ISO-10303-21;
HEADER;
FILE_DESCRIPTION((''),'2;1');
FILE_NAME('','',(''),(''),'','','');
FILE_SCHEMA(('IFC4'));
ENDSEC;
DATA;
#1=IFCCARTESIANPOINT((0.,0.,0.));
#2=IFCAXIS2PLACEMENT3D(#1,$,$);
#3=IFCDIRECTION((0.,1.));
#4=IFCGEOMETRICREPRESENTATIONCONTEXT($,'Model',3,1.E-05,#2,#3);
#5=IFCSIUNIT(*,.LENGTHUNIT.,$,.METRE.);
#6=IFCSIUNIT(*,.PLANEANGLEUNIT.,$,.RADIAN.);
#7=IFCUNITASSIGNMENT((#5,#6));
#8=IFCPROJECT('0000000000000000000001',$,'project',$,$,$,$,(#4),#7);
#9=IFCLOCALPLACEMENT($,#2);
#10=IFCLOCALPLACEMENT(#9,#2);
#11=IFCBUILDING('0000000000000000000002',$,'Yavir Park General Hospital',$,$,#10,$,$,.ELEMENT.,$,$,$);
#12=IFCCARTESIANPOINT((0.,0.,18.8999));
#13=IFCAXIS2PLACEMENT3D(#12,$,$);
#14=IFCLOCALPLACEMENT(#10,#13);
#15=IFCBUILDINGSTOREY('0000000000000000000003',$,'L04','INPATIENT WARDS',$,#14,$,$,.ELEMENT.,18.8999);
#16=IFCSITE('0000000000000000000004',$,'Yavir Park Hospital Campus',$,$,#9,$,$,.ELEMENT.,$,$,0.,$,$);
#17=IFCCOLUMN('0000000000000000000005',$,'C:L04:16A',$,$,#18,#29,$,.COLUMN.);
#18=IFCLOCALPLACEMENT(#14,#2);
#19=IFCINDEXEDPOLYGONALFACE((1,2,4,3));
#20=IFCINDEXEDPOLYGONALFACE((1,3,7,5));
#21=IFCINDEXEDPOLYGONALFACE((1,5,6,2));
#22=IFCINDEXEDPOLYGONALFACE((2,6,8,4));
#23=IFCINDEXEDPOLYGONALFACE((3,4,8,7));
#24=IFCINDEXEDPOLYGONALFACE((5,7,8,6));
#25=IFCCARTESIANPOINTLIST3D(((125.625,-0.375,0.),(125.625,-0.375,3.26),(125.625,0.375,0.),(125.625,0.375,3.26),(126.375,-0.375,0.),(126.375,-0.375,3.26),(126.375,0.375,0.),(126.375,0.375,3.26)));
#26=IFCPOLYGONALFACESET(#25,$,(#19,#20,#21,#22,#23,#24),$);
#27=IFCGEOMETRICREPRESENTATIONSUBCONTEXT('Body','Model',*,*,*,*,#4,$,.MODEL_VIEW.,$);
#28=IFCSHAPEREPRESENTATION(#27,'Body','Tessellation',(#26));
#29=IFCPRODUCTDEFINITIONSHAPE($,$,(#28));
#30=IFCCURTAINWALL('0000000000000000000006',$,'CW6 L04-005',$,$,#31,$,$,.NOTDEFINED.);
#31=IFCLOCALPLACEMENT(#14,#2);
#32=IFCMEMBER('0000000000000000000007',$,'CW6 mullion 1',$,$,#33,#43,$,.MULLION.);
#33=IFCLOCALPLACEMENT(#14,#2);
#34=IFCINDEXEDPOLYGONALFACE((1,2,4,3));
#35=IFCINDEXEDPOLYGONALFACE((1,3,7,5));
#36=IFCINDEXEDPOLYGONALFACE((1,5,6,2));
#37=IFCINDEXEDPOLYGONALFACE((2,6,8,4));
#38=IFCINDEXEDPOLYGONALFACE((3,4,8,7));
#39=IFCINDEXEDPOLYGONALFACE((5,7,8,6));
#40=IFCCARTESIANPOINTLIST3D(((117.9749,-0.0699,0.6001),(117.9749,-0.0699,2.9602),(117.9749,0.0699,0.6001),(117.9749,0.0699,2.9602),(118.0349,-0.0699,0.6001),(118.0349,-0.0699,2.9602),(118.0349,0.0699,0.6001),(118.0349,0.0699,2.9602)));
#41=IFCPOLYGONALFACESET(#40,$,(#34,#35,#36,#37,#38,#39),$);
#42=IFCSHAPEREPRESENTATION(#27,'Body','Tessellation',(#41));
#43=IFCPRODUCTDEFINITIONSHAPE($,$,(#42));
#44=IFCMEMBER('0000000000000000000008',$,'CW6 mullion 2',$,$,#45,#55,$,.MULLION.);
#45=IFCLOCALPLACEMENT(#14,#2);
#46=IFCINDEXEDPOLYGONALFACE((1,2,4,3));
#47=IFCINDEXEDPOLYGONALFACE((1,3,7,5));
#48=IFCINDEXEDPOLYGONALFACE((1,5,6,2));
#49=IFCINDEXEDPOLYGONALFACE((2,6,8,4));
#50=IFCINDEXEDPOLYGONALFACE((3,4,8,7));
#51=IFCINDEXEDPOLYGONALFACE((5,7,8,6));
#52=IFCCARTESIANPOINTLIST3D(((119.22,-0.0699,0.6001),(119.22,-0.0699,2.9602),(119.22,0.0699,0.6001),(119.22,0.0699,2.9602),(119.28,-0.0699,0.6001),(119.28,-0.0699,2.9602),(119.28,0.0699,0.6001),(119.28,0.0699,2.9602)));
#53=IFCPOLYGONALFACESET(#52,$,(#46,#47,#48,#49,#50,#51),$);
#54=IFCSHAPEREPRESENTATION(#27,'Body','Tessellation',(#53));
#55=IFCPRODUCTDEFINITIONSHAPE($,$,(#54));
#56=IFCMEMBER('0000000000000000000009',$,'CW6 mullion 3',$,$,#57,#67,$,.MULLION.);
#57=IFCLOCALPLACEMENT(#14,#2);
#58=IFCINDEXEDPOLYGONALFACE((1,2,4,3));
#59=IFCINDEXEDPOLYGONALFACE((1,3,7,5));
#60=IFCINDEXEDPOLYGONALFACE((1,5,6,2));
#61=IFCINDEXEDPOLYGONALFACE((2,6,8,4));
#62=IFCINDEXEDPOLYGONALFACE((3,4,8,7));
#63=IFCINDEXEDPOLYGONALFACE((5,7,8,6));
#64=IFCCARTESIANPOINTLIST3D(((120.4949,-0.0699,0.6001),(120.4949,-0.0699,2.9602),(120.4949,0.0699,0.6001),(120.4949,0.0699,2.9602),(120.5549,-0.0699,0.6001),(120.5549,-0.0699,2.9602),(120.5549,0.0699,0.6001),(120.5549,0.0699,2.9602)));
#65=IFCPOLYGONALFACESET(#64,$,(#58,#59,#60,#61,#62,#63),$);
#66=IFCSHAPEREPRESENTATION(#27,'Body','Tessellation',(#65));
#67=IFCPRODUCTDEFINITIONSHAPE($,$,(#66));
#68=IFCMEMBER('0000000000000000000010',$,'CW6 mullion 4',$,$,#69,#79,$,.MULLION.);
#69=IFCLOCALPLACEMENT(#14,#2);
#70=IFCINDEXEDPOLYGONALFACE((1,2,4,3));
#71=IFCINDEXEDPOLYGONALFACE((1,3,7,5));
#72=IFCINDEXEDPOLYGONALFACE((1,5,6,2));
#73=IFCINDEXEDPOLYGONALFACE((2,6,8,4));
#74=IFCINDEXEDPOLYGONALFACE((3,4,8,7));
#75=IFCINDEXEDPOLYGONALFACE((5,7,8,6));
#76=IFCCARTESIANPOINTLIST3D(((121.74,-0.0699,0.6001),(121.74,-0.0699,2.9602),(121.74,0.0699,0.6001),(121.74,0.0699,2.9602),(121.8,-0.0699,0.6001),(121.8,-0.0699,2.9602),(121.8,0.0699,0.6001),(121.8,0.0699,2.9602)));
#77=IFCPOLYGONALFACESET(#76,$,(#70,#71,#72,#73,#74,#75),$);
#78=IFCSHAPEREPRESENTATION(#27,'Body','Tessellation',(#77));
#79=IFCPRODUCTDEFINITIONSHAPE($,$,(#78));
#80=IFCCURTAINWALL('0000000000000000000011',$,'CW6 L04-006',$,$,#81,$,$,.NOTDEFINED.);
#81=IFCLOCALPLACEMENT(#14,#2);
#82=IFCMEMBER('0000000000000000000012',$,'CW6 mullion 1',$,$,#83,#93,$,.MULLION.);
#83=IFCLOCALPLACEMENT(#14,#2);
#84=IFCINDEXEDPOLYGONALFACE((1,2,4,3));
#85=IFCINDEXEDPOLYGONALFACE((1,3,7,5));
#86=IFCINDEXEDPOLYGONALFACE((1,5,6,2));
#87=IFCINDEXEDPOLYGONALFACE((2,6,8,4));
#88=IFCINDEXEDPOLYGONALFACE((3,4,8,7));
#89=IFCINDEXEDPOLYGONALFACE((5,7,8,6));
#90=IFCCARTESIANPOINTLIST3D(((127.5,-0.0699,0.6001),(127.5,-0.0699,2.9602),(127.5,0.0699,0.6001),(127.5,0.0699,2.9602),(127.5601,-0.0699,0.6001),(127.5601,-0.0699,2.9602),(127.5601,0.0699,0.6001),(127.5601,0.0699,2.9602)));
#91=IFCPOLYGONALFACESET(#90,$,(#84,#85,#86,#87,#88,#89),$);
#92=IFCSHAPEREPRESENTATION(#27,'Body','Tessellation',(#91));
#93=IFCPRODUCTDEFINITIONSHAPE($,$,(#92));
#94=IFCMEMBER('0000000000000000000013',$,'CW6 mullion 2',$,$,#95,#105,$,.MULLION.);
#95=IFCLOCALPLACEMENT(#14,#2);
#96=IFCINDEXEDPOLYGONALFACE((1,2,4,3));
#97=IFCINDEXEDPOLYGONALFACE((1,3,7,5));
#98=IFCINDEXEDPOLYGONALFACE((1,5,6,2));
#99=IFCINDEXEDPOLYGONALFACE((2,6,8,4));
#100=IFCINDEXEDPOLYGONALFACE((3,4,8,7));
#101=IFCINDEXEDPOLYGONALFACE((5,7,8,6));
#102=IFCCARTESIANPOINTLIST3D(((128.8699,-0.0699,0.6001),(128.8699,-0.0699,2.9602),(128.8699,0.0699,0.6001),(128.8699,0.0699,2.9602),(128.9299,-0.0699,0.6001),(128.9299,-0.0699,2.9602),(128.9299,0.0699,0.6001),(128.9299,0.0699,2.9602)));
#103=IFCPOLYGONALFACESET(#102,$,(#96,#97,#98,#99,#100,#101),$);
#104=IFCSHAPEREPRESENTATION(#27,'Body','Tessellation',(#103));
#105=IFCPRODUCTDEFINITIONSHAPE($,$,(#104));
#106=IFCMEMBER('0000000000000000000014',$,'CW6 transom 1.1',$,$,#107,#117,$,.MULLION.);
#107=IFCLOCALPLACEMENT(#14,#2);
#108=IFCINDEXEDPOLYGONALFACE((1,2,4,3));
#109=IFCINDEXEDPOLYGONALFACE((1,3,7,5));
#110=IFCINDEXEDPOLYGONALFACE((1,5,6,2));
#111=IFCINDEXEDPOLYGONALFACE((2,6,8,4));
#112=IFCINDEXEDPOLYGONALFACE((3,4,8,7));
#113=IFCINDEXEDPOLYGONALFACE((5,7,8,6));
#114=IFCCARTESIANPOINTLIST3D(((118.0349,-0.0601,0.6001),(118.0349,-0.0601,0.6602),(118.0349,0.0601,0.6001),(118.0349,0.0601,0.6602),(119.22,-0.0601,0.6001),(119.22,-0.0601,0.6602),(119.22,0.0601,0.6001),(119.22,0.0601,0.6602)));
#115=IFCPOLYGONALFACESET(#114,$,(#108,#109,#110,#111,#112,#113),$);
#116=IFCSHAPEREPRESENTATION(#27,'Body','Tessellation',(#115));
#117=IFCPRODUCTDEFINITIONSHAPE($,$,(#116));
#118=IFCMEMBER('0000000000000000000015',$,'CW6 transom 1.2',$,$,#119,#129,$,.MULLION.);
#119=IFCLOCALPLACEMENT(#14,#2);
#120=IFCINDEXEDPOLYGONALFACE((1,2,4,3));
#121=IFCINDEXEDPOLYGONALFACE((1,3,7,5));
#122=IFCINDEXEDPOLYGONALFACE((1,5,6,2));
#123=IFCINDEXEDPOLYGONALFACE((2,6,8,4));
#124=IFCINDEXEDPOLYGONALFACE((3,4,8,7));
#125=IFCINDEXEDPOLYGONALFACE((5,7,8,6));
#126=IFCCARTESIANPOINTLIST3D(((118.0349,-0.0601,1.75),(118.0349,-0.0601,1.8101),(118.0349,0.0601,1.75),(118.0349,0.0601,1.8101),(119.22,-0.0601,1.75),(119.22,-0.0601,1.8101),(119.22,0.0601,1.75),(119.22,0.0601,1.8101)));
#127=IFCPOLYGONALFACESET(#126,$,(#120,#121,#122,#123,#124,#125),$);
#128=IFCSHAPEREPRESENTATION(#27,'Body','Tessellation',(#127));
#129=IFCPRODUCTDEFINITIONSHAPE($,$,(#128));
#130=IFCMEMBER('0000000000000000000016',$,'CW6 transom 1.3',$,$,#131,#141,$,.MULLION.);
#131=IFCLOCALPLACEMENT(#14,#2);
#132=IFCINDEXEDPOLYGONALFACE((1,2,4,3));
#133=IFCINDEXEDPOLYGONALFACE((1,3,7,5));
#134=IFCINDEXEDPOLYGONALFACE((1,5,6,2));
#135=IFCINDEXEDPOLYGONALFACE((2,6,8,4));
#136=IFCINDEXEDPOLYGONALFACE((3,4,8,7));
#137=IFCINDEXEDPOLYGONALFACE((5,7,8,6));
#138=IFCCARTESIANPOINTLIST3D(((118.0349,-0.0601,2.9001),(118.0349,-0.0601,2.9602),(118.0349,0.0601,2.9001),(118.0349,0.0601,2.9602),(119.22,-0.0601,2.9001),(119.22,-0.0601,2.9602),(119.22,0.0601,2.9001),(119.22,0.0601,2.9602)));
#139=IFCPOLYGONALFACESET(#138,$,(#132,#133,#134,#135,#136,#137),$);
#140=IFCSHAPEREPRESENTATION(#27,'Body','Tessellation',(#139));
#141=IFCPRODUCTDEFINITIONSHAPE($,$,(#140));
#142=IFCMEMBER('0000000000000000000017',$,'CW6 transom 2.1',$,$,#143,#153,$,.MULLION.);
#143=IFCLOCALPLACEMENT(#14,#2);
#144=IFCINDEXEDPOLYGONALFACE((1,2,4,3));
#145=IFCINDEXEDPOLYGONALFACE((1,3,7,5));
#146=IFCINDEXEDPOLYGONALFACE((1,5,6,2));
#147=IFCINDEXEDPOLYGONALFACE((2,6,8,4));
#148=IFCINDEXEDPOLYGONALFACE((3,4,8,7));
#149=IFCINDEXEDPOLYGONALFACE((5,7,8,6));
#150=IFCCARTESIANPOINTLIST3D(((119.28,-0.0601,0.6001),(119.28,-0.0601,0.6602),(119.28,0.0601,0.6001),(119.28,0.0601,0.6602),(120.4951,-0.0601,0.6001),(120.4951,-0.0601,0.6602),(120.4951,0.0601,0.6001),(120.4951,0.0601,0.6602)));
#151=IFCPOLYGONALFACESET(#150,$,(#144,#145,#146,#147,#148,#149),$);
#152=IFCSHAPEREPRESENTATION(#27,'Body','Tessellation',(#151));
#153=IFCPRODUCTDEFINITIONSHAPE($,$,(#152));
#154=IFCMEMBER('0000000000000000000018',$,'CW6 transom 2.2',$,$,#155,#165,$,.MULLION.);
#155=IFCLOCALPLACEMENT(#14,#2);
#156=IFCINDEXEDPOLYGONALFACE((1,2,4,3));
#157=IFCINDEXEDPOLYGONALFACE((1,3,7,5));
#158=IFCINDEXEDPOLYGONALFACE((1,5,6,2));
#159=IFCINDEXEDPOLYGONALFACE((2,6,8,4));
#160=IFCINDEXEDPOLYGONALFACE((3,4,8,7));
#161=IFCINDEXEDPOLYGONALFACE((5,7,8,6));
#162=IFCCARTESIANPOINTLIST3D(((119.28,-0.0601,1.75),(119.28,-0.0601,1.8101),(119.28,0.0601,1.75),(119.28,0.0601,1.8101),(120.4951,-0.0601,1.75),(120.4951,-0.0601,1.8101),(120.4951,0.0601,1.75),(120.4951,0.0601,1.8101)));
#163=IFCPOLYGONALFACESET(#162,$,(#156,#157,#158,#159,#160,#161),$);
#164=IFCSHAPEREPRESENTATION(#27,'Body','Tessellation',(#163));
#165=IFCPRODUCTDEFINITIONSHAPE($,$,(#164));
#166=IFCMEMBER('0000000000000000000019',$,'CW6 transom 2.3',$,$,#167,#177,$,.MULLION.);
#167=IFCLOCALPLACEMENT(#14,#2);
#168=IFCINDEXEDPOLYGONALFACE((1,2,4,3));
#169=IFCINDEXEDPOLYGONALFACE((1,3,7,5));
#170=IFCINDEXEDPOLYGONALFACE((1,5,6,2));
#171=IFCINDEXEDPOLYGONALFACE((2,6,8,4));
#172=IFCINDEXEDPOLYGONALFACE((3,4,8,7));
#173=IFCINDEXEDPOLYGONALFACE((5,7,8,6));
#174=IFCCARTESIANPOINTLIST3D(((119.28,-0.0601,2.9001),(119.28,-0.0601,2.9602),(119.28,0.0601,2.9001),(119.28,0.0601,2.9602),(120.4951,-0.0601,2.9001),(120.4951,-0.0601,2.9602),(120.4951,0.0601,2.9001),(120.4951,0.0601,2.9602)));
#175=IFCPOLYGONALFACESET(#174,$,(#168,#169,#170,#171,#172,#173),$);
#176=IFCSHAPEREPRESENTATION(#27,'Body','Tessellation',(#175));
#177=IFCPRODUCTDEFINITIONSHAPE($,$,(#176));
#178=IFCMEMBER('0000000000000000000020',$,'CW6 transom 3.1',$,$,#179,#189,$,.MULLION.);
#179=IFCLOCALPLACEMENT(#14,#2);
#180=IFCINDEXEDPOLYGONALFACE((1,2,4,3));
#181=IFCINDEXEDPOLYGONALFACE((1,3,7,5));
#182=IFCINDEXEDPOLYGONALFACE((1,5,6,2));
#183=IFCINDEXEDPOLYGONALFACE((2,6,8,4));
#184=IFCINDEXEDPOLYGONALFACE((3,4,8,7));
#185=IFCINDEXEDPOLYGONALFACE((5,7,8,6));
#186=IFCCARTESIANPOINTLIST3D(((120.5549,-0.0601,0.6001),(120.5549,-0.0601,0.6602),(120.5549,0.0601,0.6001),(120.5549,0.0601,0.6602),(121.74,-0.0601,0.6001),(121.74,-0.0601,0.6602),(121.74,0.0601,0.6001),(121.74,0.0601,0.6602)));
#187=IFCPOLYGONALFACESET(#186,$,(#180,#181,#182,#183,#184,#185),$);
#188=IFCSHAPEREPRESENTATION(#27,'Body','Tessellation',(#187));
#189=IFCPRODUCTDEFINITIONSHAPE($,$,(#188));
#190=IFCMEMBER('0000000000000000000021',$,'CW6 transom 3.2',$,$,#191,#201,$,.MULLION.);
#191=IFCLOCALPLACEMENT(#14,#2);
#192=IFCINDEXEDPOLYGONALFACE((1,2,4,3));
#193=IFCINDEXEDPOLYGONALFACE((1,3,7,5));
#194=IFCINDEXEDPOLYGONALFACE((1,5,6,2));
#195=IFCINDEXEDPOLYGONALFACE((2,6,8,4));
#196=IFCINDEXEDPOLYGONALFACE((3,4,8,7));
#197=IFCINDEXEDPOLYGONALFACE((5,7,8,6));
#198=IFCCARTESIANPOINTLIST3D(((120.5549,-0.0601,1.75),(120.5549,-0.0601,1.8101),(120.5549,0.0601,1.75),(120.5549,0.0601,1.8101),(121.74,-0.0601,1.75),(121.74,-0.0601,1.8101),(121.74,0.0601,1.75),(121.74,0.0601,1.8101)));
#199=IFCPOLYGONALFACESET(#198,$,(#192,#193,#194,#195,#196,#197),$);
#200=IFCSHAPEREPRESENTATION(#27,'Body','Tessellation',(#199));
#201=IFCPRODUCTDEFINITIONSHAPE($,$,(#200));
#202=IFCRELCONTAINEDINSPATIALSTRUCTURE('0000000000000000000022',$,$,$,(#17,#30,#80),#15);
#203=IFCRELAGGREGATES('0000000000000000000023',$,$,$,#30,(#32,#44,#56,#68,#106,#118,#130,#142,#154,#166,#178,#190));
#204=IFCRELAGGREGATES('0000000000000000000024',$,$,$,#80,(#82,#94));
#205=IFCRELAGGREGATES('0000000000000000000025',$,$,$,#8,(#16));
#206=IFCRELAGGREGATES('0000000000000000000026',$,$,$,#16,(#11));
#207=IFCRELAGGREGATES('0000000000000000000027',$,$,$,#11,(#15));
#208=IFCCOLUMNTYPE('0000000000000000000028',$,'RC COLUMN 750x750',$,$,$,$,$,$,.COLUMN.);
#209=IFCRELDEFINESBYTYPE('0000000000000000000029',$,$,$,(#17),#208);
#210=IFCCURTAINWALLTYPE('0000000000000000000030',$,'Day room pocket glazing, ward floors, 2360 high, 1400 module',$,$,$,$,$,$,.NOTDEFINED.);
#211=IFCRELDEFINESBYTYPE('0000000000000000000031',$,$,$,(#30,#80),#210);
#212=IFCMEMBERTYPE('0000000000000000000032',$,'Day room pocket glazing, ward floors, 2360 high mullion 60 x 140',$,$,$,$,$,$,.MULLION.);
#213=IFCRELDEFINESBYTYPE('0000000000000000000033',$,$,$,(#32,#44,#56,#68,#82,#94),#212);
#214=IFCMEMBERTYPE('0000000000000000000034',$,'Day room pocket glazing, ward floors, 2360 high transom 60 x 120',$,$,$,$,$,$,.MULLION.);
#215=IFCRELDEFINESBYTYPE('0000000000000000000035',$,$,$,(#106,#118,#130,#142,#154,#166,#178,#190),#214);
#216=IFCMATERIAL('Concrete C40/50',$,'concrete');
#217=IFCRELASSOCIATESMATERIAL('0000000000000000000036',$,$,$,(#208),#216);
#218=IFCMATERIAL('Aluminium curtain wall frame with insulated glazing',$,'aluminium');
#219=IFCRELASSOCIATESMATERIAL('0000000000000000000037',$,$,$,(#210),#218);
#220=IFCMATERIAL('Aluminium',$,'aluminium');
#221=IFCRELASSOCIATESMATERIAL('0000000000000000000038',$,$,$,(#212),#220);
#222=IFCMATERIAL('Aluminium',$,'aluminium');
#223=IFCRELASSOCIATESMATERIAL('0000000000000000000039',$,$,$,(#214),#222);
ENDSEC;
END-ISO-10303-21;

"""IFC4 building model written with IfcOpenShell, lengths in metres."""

from ifc_helpers import new_model, si_unit, direction, frame, origin, origin_2d, place, context, subcontext, project, spatial, rectangle, extrude, material, material_profile, profile_set, type_object, element, aggregate, save


model = new_model("IFC4")

# Units and contexts
model_context = context("Model", 3, precision=1e-05, world=origin(), true_north=direction((0.0, 1.0)))
body_context = subcontext(model_context, "Body", "Model", "MODEL_VIEW")
ifc_project = project(units=[si_unit("LENGTHUNIT", "METRE"), si_unit("PLANEANGLEUNIT", "RADIAN")], contexts=[model_context])

# Site, building, storey
site_placement = place(None, origin())
site = spatial("IfcSite", under=ifc_project, at=site_placement, Name="Yavir Park Hospital Campus", CompositionType="ELEMENT", RefElevation=0.0)
building_placement = place(site_placement, origin())
building = spatial("IfcBuilding", under=site, at=building_placement, Name="Yavir Park General Hospital", CompositionType="ELEMENT")
storey_placement = place(building_placement, frame((0.0, 0.0, 18.8999)))
storey = spatial("IfcBuildingStorey", under=building, at=storey_placement, Name="L04", Description="INPATIENT WARDS", CompositionType="ELEMENT", Elevation=18.8999)

# Column
ifc_material_1 = material(Name="Concrete C40/50", Category="concrete")
ifc_material_profile_1 = material_profile(ifc_material_1, rectangle(XDim=0.75, YDim=0.75, at=origin_2d()), Name="RC750x750")
ifc_profile_set_1 = profile_set([ifc_material_profile_1], Name="Concrete C40/50")
column_type = type_object("IfcColumnType", Name="RC COLUMN 750x750", PredefinedType="COLUMN", material=ifc_profile_set_1)
column_placement = place(storey_placement, frame((126.0, 0.0, 0.0), z_axis=(0.0, 0.0, 1.0), x_axis=(1.0, 0.0, 0.0)))
element("IfcColumn", 1, at=column_placement, inside=storey, type_object=column_type, Name="C:L04:16A", PredefinedType="COLUMN", context=body_context, shape_type="SweptSolid", body=[
    extrude(rectangle(XDim=0.75, YDim=0.75, at=origin_2d()), origin(), (0.0, 0.0, 1.0), 3.26),
])

# Curtain walls, members
ifc_material_2 = material(Name="Aluminium curtain wall frame with insulated glazing", Category="aluminium")
curtain_wall_type = type_object("IfcCurtainWallType", Name="Day room pocket glazing, ward floors, 2360 high, 1400 module", PredefinedType="NOTDEFINED", material=ifc_material_2)
curtain_wall_1_placement = place(storey_placement, origin())
curtain_wall_1 = element("IfcCurtainWall", 2, at=curtain_wall_1_placement, inside=storey, type_object=curtain_wall_type, Name="CW6 L04-005", PredefinedType="NOTDEFINED")
ifc_material_3 = material(Name="Aluminium", Category="aluminium")
ifc_material_profile_2 = material_profile(ifc_material_3, rectangle(XDim=0.1399, YDim=0.0601, at=origin_2d()), Name="AL 60x140")
ifc_profile_set_2 = profile_set([ifc_material_profile_2], Name="Aluminium")
member_type_1 = type_object("IfcMemberType", Name="Day room pocket glazing, ward floors, 2360 high mullion 60 x 140", PredefinedType="MULLION", material=ifc_profile_set_2)
member_1_placement = place(storey_placement, frame((118.0049, 0.0, 0.6001), z_axis=(0.0, 0.0, 1.0), x_axis=(0.0, 1.0, 0.0)))
member_1 = element("IfcMember", 3, at=member_1_placement, type_object=member_type_1, Name="CW6 mullion 1", PredefinedType="MULLION", context=body_context, shape_type="SweptSolid", body=[
    extrude(rectangle(XDim=0.1399, YDim=0.0601, at=origin_2d()), origin(), (0.0, 0.0, 1.0), 2.3601),
])
member_2_placement = place(storey_placement, frame((119.25, 0.0, 0.6001), z_axis=(0.0, 0.0, 1.0), x_axis=(0.0, 1.0, 0.0)))
member_2 = element("IfcMember", 4, at=member_2_placement, type_object=member_type_1, Name="CW6 mullion 2", PredefinedType="MULLION", context=body_context, shape_type="SweptSolid", body=[
    extrude(rectangle(XDim=0.1399, YDim=0.0601, at=origin_2d()), origin(), (0.0, 0.0, 1.0), 2.3601),
])
member_3_placement = place(storey_placement, frame((120.5249, 0.0, 0.6001), z_axis=(0.0, 0.0, 1.0), x_axis=(0.0, 1.0, 0.0)))
member_3 = element("IfcMember", 5, at=member_3_placement, type_object=member_type_1, Name="CW6 mullion 3", PredefinedType="MULLION", context=body_context, shape_type="SweptSolid", body=[
    extrude(rectangle(XDim=0.1399, YDim=0.0601, at=origin_2d()), origin(), (0.0, 0.0, 1.0), 2.3601),
])
member_4_placement = place(storey_placement, frame((121.77, 0.0, 0.6001), z_axis=(0.0, 0.0, 1.0), x_axis=(0.0, 1.0, 0.0)))
member_4 = element("IfcMember", 6, at=member_4_placement, type_object=member_type_1, Name="CW6 mullion 4", PredefinedType="MULLION", context=body_context, shape_type="SweptSolid", body=[
    extrude(rectangle(XDim=0.1399, YDim=0.0601, at=origin_2d()), origin(), (0.0, 0.0, 1.0), 2.3601),
])
curtain_wall_2_placement = place(storey_placement, origin())
curtain_wall_2 = element("IfcCurtainWall", 7, at=curtain_wall_2_placement, inside=storey, type_object=curtain_wall_type, Name="CW6 L04-006", PredefinedType="NOTDEFINED")
member_5_placement = place(storey_placement, frame((127.53, 0.0, 0.6001), z_axis=(0.0, 0.0, 1.0), x_axis=(0.0, 1.0, 0.0)))
member_5 = element("IfcMember", 8, at=member_5_placement, type_object=member_type_1, Name="CW6 mullion 1", PredefinedType="MULLION", context=body_context, shape_type="SweptSolid", body=[
    extrude(rectangle(XDim=0.1399, YDim=0.0601, at=origin_2d()), origin(), (0.0, 0.0, 1.0), 2.3601),
])
member_6_placement = place(storey_placement, frame((128.8999, 0.0, 0.6001), z_axis=(0.0, 0.0, 1.0), x_axis=(0.0, 1.0, 0.0)))
member_6 = element("IfcMember", 9, at=member_6_placement, type_object=member_type_1, Name="CW6 mullion 2", PredefinedType="MULLION", context=body_context, shape_type="SweptSolid", body=[
    extrude(rectangle(XDim=0.1399, YDim=0.0601, at=origin_2d()), origin(), (0.0, 0.0, 1.0), 2.3601),
])

# Members
ifc_material_4 = material(Name="Aluminium", Category="aluminium")
ifc_material_profile_3 = material_profile(ifc_material_4, rectangle(XDim=0.1201, YDim=0.0601, at=origin_2d()), Name="AL 120x60")
ifc_profile_set_3 = profile_set([ifc_material_profile_3], Name="Aluminium")
member_type_2 = type_object("IfcMemberType", Name="Day room pocket glazing, ward floors, 2360 high transom 60 x 120", PredefinedType="MULLION", material=ifc_profile_set_3)
member_7_placement = place(storey_placement, frame((118.0349, 0.0, 0.6301), z_axis=(1.0, 0.0, 0.0), x_axis=(0.0, 1.0, 0.0)))
member_7 = element("IfcMember", 10, at=member_7_placement, type_object=member_type_2, Name="CW6 transom 1.1", PredefinedType="MULLION", context=body_context, shape_type="SweptSolid", body=[
    extrude(rectangle(XDim=0.1201, YDim=0.0601, at=origin_2d()), origin(), (0.0, 0.0, 1.0), 1.1851),
])
member_8_placement = place(storey_placement, frame((118.0349, 0.0, 1.78), z_axis=(1.0, 0.0, 0.0), x_axis=(0.0, 1.0, 0.0)))
member_8 = element("IfcMember", 11, at=member_8_placement, type_object=member_type_2, Name="CW6 transom 1.2", PredefinedType="MULLION", context=body_context, shape_type="SweptSolid", body=[
    extrude(rectangle(XDim=0.1201, YDim=0.0601, at=origin_2d()), origin(), (0.0, 0.0, 1.0), 1.1851),
])
member_9_placement = place(storey_placement, frame((118.0349, 0.0, 2.9302), z_axis=(1.0, 0.0, 0.0), x_axis=(0.0, 1.0, 0.0)))
member_9 = element("IfcMember", 12, at=member_9_placement, type_object=member_type_2, Name="CW6 transom 1.3", PredefinedType="MULLION", context=body_context, shape_type="SweptSolid", body=[
    extrude(rectangle(XDim=0.1201, YDim=0.0601, at=origin_2d()), origin(), (0.0, 0.0, 1.0), 1.1851),
])
member_10_placement = place(storey_placement, frame((119.28, 0.0, 0.6301), z_axis=(1.0, 0.0, 0.0), x_axis=(0.0, 1.0, 0.0)))
member_10 = element("IfcMember", 13, at=member_10_placement, type_object=member_type_2, Name="CW6 transom 2.1", PredefinedType="MULLION", context=body_context, shape_type="SweptSolid", body=[
    extrude(rectangle(XDim=0.1201, YDim=0.0601, at=origin_2d()), origin(), (0.0, 0.0, 1.0), 1.2151),
])
member_11_placement = place(storey_placement, frame((119.28, 0.0, 1.78), z_axis=(1.0, 0.0, 0.0), x_axis=(0.0, 1.0, 0.0)))
member_11 = element("IfcMember", 14, at=member_11_placement, type_object=member_type_2, Name="CW6 transom 2.2", PredefinedType="MULLION", context=body_context, shape_type="SweptSolid", body=[
    extrude(rectangle(XDim=0.1201, YDim=0.0601, at=origin_2d()), origin(), (0.0, 0.0, 1.0), 1.2151),
])
member_12_placement = place(storey_placement, frame((119.28, 0.0, 2.9302), z_axis=(1.0, 0.0, 0.0), x_axis=(0.0, 1.0, 0.0)))
member_12 = element("IfcMember", 15, at=member_12_placement, type_object=member_type_2, Name="CW6 transom 2.3", PredefinedType="MULLION", context=body_context, shape_type="SweptSolid", body=[
    extrude(rectangle(XDim=0.1201, YDim=0.0601, at=origin_2d()), origin(), (0.0, 0.0, 1.0), 1.2151),
])
member_13_placement = place(storey_placement, frame((120.5549, 0.0, 0.6301), z_axis=(1.0, 0.0, 0.0), x_axis=(0.0, 1.0, 0.0)))
member_13 = element("IfcMember", 16, at=member_13_placement, type_object=member_type_2, Name="CW6 transom 3.1", PredefinedType="MULLION", context=body_context, shape_type="SweptSolid", body=[
    extrude(rectangle(XDim=0.1201, YDim=0.0601, at=origin_2d()), origin(), (0.0, 0.0, 1.0), 1.1851),
])
member_14_placement = place(storey_placement, frame((120.5549, 0.0, 1.78), z_axis=(1.0, 0.0, 0.0), x_axis=(0.0, 1.0, 0.0)))
member_14 = element("IfcMember", 17, at=member_14_placement, type_object=member_type_2, Name="CW6 transom 3.2", PredefinedType="MULLION", context=body_context, shape_type="SweptSolid", body=[
    extrude(rectangle(XDim=0.1201, YDim=0.0601, at=origin_2d()), origin(), (0.0, 0.0, 1.0), 1.1851),
])

aggregate(curtain_wall_1, [member_1, member_2, member_3, member_4, member_7, member_8, member_9, member_10, member_11, member_12, member_13, member_14])
aggregate(curtain_wall_2, [member_5, member_6])

save(model, "model.ifc")
